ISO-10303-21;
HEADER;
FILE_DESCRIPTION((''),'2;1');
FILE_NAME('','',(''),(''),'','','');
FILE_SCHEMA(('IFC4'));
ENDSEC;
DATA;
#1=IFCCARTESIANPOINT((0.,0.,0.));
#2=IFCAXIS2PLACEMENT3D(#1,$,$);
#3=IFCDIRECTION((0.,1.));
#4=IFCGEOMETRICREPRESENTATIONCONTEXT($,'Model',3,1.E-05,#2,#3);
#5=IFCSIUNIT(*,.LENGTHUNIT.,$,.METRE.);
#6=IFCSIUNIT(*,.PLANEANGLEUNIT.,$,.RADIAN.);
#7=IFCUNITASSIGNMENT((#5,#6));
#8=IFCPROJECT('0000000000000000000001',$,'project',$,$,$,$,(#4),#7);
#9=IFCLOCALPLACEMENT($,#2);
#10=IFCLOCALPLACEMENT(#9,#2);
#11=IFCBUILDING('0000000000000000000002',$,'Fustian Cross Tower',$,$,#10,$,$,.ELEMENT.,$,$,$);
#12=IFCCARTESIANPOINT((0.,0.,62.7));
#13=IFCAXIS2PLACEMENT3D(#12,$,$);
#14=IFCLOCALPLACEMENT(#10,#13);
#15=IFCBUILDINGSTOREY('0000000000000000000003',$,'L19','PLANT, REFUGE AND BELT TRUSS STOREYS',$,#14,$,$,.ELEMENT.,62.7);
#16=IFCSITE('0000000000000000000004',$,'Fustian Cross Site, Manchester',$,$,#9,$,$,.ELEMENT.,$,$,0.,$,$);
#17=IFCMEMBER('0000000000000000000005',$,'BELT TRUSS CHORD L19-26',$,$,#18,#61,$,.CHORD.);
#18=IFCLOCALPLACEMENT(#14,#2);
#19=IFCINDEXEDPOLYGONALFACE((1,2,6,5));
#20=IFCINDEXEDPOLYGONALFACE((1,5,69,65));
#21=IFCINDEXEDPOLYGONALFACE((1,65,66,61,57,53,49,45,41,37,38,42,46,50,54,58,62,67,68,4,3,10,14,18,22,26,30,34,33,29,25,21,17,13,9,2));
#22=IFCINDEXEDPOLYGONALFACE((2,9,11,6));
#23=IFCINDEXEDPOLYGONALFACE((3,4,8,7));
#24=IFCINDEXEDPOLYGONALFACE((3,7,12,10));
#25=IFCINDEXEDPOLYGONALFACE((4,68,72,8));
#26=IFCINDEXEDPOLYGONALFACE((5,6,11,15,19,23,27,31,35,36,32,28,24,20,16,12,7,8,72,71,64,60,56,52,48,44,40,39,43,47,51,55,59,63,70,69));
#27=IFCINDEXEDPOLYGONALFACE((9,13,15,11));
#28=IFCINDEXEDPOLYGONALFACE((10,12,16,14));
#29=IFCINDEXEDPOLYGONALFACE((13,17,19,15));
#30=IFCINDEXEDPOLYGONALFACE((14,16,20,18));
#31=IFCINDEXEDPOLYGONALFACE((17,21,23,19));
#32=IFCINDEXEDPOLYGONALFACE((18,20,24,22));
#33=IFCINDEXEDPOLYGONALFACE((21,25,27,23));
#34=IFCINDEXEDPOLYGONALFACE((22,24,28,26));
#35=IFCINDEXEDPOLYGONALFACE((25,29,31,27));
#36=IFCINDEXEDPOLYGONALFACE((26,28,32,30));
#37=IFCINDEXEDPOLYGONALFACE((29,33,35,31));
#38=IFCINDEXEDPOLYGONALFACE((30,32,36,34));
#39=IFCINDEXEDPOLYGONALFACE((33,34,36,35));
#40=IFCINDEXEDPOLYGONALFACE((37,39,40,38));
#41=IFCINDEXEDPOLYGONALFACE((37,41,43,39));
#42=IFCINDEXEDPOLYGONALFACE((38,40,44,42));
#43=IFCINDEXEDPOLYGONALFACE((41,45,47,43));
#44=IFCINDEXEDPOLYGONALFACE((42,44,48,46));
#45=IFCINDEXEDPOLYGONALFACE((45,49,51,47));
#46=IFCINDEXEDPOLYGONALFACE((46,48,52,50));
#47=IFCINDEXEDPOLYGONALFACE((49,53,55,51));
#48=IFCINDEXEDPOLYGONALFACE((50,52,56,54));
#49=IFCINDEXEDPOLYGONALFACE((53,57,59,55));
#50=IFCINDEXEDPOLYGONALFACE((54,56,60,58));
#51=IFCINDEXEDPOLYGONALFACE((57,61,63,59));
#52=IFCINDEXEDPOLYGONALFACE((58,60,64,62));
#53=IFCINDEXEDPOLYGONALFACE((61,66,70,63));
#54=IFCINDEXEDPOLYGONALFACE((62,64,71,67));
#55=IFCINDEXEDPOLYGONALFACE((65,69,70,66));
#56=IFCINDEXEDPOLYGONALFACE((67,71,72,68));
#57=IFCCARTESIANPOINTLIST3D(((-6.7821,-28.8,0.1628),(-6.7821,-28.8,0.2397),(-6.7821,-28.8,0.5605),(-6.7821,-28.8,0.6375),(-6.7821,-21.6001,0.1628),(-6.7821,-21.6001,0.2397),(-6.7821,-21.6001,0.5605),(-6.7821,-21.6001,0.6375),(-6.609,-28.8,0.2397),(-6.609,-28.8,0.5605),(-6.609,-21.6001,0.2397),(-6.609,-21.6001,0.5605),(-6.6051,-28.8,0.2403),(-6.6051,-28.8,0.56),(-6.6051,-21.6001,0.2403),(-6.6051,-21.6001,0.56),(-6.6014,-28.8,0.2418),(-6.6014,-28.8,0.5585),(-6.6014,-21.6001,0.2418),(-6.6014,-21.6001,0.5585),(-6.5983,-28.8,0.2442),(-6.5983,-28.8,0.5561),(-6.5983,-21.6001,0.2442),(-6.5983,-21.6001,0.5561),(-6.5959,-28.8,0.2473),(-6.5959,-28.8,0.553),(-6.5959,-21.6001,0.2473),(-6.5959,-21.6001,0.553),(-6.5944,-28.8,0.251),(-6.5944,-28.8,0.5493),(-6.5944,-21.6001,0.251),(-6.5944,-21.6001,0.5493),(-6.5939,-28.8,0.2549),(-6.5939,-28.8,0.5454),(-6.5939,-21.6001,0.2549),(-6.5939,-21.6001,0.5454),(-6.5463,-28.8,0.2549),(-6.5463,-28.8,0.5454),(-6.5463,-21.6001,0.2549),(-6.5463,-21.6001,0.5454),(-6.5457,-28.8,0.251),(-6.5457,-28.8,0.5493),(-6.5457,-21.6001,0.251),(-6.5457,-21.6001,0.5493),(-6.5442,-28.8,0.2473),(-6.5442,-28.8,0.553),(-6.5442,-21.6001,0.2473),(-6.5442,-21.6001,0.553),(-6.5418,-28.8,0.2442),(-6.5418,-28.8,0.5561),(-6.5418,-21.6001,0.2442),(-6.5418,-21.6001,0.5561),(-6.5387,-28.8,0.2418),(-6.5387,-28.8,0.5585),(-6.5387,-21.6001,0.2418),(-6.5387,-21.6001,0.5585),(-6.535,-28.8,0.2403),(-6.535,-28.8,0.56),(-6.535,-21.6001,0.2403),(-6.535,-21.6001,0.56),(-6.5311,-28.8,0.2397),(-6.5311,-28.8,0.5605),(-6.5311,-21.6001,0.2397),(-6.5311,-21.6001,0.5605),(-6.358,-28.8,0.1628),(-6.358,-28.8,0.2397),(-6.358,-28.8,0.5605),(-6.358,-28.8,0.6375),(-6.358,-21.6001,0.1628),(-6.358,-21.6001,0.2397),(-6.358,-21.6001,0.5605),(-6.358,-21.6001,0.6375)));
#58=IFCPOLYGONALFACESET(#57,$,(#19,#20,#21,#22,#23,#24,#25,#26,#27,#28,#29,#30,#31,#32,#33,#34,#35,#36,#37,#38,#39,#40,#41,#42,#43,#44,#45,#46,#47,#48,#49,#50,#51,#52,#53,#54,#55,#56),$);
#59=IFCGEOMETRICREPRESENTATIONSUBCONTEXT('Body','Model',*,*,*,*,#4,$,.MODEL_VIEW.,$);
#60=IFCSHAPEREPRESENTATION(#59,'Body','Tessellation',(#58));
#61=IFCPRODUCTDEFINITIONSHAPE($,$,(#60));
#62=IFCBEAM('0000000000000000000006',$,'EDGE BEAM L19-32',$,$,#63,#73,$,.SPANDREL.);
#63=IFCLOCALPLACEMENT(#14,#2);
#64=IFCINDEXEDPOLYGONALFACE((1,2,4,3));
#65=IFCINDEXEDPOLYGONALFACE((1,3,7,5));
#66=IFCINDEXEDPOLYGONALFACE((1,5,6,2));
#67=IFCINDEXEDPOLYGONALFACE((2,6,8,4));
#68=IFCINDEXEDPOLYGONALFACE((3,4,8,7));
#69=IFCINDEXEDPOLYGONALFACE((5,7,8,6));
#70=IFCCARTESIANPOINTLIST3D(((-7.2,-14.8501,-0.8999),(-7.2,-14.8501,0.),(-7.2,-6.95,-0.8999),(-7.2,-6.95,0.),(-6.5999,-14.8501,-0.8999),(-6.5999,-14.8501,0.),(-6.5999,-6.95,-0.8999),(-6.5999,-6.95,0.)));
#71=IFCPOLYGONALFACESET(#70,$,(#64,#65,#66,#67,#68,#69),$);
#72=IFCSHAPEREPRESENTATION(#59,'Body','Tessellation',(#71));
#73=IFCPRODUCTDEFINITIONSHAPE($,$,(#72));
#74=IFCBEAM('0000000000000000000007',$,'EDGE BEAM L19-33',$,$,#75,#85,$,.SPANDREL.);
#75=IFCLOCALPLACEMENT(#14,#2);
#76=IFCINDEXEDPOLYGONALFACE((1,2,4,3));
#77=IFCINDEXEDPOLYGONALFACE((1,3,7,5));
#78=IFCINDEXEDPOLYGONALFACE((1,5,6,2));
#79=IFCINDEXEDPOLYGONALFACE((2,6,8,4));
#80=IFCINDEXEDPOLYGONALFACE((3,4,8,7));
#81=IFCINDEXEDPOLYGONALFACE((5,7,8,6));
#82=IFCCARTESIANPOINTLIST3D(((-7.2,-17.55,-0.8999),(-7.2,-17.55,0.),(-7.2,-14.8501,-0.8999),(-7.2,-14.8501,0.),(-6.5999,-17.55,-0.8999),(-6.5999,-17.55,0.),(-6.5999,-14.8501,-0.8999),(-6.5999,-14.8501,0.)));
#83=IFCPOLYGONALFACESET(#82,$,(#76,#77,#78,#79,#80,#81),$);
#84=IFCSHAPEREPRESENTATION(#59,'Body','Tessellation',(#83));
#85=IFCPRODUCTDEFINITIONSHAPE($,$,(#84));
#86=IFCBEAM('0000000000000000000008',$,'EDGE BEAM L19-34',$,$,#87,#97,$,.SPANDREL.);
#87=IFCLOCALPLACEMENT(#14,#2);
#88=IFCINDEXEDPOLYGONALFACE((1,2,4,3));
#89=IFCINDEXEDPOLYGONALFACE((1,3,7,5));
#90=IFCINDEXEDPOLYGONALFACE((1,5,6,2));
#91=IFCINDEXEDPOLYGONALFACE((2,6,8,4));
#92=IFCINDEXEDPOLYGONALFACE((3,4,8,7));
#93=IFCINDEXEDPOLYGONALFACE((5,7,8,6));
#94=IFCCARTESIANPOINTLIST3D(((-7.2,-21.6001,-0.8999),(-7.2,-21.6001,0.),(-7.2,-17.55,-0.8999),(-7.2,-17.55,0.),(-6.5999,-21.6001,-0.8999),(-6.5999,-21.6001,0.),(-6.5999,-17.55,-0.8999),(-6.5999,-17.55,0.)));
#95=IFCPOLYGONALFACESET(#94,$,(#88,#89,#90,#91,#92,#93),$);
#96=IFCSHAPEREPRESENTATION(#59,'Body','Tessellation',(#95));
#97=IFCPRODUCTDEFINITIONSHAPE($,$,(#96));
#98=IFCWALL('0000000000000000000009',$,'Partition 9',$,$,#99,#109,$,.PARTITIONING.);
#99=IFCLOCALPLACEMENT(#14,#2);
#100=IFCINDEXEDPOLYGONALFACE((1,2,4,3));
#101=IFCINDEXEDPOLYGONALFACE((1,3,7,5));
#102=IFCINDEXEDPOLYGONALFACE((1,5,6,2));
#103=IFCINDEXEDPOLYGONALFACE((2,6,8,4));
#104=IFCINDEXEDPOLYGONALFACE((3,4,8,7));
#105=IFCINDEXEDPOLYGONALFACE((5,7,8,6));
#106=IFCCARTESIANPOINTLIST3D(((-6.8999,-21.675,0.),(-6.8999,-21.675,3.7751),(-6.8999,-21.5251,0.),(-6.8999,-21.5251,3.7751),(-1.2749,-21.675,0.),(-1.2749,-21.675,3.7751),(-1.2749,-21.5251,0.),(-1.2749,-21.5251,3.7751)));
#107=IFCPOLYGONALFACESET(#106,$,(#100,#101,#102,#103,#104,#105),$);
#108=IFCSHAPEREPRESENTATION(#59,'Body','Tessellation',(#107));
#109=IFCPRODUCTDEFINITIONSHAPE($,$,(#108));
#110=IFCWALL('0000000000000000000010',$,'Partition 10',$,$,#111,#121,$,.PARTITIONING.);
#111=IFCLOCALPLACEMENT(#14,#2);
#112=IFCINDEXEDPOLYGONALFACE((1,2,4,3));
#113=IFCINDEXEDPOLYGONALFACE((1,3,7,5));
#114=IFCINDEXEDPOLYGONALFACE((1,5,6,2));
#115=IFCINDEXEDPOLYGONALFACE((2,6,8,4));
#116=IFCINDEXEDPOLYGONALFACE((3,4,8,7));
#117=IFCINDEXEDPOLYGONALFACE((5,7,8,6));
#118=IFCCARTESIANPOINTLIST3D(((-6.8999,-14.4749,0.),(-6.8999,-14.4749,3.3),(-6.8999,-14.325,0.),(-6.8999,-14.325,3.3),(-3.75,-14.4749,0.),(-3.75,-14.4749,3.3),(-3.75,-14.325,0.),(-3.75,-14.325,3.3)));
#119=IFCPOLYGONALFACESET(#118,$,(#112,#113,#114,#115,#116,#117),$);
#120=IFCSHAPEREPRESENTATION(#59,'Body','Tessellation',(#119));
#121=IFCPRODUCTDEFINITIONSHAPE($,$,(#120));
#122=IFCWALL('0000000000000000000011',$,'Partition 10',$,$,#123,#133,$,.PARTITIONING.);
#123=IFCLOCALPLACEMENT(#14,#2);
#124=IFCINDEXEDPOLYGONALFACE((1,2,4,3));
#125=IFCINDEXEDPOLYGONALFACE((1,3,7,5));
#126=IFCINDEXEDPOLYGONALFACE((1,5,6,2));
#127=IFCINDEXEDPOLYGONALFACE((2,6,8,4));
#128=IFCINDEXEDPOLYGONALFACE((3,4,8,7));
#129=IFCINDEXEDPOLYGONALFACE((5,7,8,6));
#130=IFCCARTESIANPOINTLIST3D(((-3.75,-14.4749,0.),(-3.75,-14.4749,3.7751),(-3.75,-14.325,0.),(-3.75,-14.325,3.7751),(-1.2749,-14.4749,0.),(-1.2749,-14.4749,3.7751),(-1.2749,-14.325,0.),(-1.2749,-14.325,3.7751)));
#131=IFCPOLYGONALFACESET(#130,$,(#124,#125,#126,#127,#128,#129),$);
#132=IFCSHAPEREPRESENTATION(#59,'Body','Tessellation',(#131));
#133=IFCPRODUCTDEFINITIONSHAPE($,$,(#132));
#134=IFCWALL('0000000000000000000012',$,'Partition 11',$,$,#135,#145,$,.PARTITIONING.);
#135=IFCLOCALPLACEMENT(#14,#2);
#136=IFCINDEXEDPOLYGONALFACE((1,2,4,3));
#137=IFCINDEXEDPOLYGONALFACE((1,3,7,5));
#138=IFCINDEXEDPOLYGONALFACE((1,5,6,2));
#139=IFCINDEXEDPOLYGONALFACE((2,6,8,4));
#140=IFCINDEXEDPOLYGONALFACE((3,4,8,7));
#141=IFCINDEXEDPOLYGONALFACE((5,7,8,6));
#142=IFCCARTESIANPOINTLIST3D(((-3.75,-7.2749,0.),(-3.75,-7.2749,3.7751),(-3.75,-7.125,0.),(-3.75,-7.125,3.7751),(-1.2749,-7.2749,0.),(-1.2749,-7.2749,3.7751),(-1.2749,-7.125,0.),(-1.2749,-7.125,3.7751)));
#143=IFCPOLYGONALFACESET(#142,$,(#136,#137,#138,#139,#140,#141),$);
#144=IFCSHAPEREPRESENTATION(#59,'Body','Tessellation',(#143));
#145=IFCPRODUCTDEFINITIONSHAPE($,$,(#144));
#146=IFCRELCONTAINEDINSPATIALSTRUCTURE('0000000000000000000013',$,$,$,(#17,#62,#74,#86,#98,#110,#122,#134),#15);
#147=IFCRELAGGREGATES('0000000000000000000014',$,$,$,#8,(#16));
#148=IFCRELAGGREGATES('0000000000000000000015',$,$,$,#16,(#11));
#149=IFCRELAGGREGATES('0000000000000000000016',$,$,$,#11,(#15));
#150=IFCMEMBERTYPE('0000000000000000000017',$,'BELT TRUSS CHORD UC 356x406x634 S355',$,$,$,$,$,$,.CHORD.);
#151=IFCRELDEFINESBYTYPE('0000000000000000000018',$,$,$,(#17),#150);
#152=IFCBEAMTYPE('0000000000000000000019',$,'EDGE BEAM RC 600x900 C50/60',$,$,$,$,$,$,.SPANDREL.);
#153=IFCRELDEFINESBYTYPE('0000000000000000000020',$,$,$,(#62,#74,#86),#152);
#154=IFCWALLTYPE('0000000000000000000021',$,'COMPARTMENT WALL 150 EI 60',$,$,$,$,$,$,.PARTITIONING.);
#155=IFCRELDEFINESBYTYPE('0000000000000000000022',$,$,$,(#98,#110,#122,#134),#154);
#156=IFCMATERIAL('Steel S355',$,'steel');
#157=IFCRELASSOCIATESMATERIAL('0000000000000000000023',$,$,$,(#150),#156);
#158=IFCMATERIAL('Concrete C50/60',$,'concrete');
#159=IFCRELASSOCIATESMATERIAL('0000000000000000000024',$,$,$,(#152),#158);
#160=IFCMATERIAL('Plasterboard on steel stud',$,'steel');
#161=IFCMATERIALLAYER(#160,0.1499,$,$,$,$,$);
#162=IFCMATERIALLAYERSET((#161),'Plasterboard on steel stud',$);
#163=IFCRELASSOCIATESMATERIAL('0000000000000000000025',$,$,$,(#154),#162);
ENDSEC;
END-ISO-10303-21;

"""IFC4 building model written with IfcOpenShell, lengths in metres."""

from ifc_helpers import new_model, si_unit, direction, frame, frame_2d, origin, origin_2d, place, context, subcontext, project, spatial, rectangle, i_section, extrude, material, layer, layer_set, material_profile, profile_set, type_object, element, save


model = new_model("IFC4")

# Units and contexts
model_context = context("Model", 3, precision=1e-05, world=origin(), true_north=direction((0.0, 1.0)))
body_context = subcontext(model_context, "Body", "Model", "MODEL_VIEW")
ifc_project = project(units=[si_unit("LENGTHUNIT", "METRE"), si_unit("PLANEANGLEUNIT", "RADIAN")], contexts=[model_context])

# Site, building, storey
site_placement = place(None, origin())
site = spatial("IfcSite", under=ifc_project, at=site_placement, Name="Fustian Cross Site, Manchester", CompositionType="ELEMENT", RefElevation=0.0)
building_placement = place(site_placement, origin())
building = spatial("IfcBuilding", under=site, at=building_placement, Name="Fustian Cross Tower", CompositionType="ELEMENT")
storey_placement = place(building_placement, frame((0.0, 0.0, 62.7)))
storey = spatial("IfcBuildingStorey", under=building, at=storey_placement, Name="L19", Description="PLANT, REFUGE AND BELT TRUSS STOREYS", CompositionType="ELEMENT", Elevation=62.7)

# Member
ifc_material_1 = material(Name="Steel S355", Category="steel")
ifc_material_profile_1 = material_profile(ifc_material_1, i_section(OverallWidth=0.4241, OverallDepth=0.4746, WebThickness=0.0476, FlangeThickness=0.0769, FilletRadius=0.0151, at=origin_2d()), Name="UC 356x406x634")
ifc_profile_set_1 = profile_set([ifc_material_profile_1], Name="Steel S355")
member_type_1 = type_object("IfcMemberType", Name="BELT TRUSS CHORD UC 356x406x634 S355", PredefinedType="CHORD", material=ifc_profile_set_1)
for number, where, z_axis, x_axis, name in (
    (1, (-6.5701, -21.6001, 0.4001), (0.0, -1.0, 0.0), (1.0, 0.0, 0.0), "BELT TRUSS CHORD L19-26"),
):
    element("IfcMember", number, at=place(storey_placement, frame(where, z_axis=z_axis, x_axis=x_axis)), inside=storey, type_object=member_type_1, Name=name, PredefinedType="CHORD", context=body_context, shape_type="SweptSolid", body=[
        extrude(i_section(OverallWidth=0.4241, OverallDepth=0.4746, WebThickness=0.0476, FlangeThickness=0.0769, FilletRadius=0.0151, at=origin_2d()), origin(), (0.0, 0.0, 1.0), 7.2),
    ])

# Beams
ifc_material_2 = material(Name="Concrete C50/60", Category="concrete")
ifc_material_profile_2 = material_profile(ifc_material_2, rectangle(XDim=0.6001, YDim=0.8999, at=origin_2d()), Name="RC 600x900")
ifc_profile_set_2 = profile_set([ifc_material_profile_2], Name="Concrete C50/60")
beam_type = type_object("IfcBeamType", Name="EDGE BEAM RC 600x900 C50/60", PredefinedType="SPANDREL", material=ifc_profile_set_2)
beam_1_placement = place(storey_placement, frame((-6.8999, -6.95, -0.45), z_axis=(0.0, -1.0, 0.0), x_axis=(1.0, 0.0, 0.0)))
element("IfcBeam", 2, at=beam_1_placement, inside=storey, type_object=beam_type, Name="EDGE BEAM L19-32", PredefinedType="SPANDREL", context=body_context, shape_type="SweptSolid", body=[
    extrude(rectangle(XDim=0.6001, YDim=0.8999, at=origin_2d()), origin(), (0.0, 0.0, 1.0), 7.9001),
])
beam_2_placement = place(storey_placement, frame((-6.8999, -14.8501, -0.45), z_axis=(0.0, -1.0, 0.0), x_axis=(1.0, 0.0, 0.0)))
element("IfcBeam", 3, at=beam_2_placement, inside=storey, type_object=beam_type, Name="EDGE BEAM L19-33", PredefinedType="SPANDREL", context=body_context, shape_type="SweptSolid", body=[
    extrude(rectangle(XDim=0.6001, YDim=0.8999, at=origin_2d()), origin(), (0.0, 0.0, 1.0), 2.7),
])
beam_3_placement = place(storey_placement, frame((-6.8999, -17.55, -0.45), z_axis=(0.0, -1.0, 0.0), x_axis=(1.0, 0.0, 0.0)))
element("IfcBeam", 4, at=beam_3_placement, inside=storey, type_object=beam_type, Name="EDGE BEAM L19-34", PredefinedType="SPANDREL", context=body_context, shape_type="SweptSolid", body=[
    extrude(rectangle(XDim=0.6001, YDim=0.8999, at=origin_2d()), origin(), (0.0, 0.0, 1.0), 4.05),
])

# Walls
ifc_material_3 = material(Name="Plasterboard on steel stud", Category="steel")
ifc_layer = layer(ifc_material_3, 0.1499)
ifc_layer_set = layer_set([ifc_layer], Name="Plasterboard on steel stud")
wall_type = type_object("IfcWallType", Name="COMPARTMENT WALL 150 EI 60", PredefinedType="PARTITIONING", material=ifc_layer_set)
wall_1_placement = place(storey_placement, frame((-6.8999, -21.6001, 0.0), z_axis=(0.0, 0.0, 1.0), x_axis=(1.0, 0.0, 0.0)))
element("IfcWall", 5, at=wall_1_placement, inside=storey, type_object=wall_type, Name="Partition 9", PredefinedType="PARTITIONING", context=body_context, shape_type="SweptSolid", body=[
    extrude(rectangle(XDim=5.625, YDim=0.1499, at=frame_2d((2.8125, 0.0))), origin(), (0.0, 0.0, 1.0), 3.7751),
])
wall_2_placement = place(storey_placement, frame((-6.8999, -14.3999, 0.0), z_axis=(0.0, 0.0, 1.0), x_axis=(1.0, 0.0, 0.0)))
element("IfcWall", 6, at=wall_2_placement, inside=storey, type_object=wall_type, Name="Partition 10", PredefinedType="PARTITIONING", context=body_context, shape_type="SweptSolid", body=[
    extrude(rectangle(XDim=3.1499, YDim=0.1499, at=frame_2d((1.575, 0.0))), origin(), (0.0, 0.0, 1.0), 3.3),
])
for number, where, z_axis, x_axis, name in (
    (7, (-3.75, -14.3999, 0.0), (0.0, 0.0, 1.0), (1.0, 0.0, 0.0), "Partition 10"),
    (8, (-3.75, -7.2, 0.0), (0.0, 0.0, 1.0), (1.0, 0.0, 0.0), "Partition 11"),
):
    element("IfcWall", number, at=place(storey_placement, frame(where, z_axis=z_axis, x_axis=x_axis)), inside=storey, type_object=wall_type, Name=name, PredefinedType="PARTITIONING", context=body_context, shape_type="SweptSolid", body=[
        extrude(rectangle(XDim=2.4751, YDim=0.1499, at=frame_2d((1.2375, 0.0))), origin(), (0.0, 0.0, 1.0), 3.7751),
    ])

save(model, "model.ifc")
